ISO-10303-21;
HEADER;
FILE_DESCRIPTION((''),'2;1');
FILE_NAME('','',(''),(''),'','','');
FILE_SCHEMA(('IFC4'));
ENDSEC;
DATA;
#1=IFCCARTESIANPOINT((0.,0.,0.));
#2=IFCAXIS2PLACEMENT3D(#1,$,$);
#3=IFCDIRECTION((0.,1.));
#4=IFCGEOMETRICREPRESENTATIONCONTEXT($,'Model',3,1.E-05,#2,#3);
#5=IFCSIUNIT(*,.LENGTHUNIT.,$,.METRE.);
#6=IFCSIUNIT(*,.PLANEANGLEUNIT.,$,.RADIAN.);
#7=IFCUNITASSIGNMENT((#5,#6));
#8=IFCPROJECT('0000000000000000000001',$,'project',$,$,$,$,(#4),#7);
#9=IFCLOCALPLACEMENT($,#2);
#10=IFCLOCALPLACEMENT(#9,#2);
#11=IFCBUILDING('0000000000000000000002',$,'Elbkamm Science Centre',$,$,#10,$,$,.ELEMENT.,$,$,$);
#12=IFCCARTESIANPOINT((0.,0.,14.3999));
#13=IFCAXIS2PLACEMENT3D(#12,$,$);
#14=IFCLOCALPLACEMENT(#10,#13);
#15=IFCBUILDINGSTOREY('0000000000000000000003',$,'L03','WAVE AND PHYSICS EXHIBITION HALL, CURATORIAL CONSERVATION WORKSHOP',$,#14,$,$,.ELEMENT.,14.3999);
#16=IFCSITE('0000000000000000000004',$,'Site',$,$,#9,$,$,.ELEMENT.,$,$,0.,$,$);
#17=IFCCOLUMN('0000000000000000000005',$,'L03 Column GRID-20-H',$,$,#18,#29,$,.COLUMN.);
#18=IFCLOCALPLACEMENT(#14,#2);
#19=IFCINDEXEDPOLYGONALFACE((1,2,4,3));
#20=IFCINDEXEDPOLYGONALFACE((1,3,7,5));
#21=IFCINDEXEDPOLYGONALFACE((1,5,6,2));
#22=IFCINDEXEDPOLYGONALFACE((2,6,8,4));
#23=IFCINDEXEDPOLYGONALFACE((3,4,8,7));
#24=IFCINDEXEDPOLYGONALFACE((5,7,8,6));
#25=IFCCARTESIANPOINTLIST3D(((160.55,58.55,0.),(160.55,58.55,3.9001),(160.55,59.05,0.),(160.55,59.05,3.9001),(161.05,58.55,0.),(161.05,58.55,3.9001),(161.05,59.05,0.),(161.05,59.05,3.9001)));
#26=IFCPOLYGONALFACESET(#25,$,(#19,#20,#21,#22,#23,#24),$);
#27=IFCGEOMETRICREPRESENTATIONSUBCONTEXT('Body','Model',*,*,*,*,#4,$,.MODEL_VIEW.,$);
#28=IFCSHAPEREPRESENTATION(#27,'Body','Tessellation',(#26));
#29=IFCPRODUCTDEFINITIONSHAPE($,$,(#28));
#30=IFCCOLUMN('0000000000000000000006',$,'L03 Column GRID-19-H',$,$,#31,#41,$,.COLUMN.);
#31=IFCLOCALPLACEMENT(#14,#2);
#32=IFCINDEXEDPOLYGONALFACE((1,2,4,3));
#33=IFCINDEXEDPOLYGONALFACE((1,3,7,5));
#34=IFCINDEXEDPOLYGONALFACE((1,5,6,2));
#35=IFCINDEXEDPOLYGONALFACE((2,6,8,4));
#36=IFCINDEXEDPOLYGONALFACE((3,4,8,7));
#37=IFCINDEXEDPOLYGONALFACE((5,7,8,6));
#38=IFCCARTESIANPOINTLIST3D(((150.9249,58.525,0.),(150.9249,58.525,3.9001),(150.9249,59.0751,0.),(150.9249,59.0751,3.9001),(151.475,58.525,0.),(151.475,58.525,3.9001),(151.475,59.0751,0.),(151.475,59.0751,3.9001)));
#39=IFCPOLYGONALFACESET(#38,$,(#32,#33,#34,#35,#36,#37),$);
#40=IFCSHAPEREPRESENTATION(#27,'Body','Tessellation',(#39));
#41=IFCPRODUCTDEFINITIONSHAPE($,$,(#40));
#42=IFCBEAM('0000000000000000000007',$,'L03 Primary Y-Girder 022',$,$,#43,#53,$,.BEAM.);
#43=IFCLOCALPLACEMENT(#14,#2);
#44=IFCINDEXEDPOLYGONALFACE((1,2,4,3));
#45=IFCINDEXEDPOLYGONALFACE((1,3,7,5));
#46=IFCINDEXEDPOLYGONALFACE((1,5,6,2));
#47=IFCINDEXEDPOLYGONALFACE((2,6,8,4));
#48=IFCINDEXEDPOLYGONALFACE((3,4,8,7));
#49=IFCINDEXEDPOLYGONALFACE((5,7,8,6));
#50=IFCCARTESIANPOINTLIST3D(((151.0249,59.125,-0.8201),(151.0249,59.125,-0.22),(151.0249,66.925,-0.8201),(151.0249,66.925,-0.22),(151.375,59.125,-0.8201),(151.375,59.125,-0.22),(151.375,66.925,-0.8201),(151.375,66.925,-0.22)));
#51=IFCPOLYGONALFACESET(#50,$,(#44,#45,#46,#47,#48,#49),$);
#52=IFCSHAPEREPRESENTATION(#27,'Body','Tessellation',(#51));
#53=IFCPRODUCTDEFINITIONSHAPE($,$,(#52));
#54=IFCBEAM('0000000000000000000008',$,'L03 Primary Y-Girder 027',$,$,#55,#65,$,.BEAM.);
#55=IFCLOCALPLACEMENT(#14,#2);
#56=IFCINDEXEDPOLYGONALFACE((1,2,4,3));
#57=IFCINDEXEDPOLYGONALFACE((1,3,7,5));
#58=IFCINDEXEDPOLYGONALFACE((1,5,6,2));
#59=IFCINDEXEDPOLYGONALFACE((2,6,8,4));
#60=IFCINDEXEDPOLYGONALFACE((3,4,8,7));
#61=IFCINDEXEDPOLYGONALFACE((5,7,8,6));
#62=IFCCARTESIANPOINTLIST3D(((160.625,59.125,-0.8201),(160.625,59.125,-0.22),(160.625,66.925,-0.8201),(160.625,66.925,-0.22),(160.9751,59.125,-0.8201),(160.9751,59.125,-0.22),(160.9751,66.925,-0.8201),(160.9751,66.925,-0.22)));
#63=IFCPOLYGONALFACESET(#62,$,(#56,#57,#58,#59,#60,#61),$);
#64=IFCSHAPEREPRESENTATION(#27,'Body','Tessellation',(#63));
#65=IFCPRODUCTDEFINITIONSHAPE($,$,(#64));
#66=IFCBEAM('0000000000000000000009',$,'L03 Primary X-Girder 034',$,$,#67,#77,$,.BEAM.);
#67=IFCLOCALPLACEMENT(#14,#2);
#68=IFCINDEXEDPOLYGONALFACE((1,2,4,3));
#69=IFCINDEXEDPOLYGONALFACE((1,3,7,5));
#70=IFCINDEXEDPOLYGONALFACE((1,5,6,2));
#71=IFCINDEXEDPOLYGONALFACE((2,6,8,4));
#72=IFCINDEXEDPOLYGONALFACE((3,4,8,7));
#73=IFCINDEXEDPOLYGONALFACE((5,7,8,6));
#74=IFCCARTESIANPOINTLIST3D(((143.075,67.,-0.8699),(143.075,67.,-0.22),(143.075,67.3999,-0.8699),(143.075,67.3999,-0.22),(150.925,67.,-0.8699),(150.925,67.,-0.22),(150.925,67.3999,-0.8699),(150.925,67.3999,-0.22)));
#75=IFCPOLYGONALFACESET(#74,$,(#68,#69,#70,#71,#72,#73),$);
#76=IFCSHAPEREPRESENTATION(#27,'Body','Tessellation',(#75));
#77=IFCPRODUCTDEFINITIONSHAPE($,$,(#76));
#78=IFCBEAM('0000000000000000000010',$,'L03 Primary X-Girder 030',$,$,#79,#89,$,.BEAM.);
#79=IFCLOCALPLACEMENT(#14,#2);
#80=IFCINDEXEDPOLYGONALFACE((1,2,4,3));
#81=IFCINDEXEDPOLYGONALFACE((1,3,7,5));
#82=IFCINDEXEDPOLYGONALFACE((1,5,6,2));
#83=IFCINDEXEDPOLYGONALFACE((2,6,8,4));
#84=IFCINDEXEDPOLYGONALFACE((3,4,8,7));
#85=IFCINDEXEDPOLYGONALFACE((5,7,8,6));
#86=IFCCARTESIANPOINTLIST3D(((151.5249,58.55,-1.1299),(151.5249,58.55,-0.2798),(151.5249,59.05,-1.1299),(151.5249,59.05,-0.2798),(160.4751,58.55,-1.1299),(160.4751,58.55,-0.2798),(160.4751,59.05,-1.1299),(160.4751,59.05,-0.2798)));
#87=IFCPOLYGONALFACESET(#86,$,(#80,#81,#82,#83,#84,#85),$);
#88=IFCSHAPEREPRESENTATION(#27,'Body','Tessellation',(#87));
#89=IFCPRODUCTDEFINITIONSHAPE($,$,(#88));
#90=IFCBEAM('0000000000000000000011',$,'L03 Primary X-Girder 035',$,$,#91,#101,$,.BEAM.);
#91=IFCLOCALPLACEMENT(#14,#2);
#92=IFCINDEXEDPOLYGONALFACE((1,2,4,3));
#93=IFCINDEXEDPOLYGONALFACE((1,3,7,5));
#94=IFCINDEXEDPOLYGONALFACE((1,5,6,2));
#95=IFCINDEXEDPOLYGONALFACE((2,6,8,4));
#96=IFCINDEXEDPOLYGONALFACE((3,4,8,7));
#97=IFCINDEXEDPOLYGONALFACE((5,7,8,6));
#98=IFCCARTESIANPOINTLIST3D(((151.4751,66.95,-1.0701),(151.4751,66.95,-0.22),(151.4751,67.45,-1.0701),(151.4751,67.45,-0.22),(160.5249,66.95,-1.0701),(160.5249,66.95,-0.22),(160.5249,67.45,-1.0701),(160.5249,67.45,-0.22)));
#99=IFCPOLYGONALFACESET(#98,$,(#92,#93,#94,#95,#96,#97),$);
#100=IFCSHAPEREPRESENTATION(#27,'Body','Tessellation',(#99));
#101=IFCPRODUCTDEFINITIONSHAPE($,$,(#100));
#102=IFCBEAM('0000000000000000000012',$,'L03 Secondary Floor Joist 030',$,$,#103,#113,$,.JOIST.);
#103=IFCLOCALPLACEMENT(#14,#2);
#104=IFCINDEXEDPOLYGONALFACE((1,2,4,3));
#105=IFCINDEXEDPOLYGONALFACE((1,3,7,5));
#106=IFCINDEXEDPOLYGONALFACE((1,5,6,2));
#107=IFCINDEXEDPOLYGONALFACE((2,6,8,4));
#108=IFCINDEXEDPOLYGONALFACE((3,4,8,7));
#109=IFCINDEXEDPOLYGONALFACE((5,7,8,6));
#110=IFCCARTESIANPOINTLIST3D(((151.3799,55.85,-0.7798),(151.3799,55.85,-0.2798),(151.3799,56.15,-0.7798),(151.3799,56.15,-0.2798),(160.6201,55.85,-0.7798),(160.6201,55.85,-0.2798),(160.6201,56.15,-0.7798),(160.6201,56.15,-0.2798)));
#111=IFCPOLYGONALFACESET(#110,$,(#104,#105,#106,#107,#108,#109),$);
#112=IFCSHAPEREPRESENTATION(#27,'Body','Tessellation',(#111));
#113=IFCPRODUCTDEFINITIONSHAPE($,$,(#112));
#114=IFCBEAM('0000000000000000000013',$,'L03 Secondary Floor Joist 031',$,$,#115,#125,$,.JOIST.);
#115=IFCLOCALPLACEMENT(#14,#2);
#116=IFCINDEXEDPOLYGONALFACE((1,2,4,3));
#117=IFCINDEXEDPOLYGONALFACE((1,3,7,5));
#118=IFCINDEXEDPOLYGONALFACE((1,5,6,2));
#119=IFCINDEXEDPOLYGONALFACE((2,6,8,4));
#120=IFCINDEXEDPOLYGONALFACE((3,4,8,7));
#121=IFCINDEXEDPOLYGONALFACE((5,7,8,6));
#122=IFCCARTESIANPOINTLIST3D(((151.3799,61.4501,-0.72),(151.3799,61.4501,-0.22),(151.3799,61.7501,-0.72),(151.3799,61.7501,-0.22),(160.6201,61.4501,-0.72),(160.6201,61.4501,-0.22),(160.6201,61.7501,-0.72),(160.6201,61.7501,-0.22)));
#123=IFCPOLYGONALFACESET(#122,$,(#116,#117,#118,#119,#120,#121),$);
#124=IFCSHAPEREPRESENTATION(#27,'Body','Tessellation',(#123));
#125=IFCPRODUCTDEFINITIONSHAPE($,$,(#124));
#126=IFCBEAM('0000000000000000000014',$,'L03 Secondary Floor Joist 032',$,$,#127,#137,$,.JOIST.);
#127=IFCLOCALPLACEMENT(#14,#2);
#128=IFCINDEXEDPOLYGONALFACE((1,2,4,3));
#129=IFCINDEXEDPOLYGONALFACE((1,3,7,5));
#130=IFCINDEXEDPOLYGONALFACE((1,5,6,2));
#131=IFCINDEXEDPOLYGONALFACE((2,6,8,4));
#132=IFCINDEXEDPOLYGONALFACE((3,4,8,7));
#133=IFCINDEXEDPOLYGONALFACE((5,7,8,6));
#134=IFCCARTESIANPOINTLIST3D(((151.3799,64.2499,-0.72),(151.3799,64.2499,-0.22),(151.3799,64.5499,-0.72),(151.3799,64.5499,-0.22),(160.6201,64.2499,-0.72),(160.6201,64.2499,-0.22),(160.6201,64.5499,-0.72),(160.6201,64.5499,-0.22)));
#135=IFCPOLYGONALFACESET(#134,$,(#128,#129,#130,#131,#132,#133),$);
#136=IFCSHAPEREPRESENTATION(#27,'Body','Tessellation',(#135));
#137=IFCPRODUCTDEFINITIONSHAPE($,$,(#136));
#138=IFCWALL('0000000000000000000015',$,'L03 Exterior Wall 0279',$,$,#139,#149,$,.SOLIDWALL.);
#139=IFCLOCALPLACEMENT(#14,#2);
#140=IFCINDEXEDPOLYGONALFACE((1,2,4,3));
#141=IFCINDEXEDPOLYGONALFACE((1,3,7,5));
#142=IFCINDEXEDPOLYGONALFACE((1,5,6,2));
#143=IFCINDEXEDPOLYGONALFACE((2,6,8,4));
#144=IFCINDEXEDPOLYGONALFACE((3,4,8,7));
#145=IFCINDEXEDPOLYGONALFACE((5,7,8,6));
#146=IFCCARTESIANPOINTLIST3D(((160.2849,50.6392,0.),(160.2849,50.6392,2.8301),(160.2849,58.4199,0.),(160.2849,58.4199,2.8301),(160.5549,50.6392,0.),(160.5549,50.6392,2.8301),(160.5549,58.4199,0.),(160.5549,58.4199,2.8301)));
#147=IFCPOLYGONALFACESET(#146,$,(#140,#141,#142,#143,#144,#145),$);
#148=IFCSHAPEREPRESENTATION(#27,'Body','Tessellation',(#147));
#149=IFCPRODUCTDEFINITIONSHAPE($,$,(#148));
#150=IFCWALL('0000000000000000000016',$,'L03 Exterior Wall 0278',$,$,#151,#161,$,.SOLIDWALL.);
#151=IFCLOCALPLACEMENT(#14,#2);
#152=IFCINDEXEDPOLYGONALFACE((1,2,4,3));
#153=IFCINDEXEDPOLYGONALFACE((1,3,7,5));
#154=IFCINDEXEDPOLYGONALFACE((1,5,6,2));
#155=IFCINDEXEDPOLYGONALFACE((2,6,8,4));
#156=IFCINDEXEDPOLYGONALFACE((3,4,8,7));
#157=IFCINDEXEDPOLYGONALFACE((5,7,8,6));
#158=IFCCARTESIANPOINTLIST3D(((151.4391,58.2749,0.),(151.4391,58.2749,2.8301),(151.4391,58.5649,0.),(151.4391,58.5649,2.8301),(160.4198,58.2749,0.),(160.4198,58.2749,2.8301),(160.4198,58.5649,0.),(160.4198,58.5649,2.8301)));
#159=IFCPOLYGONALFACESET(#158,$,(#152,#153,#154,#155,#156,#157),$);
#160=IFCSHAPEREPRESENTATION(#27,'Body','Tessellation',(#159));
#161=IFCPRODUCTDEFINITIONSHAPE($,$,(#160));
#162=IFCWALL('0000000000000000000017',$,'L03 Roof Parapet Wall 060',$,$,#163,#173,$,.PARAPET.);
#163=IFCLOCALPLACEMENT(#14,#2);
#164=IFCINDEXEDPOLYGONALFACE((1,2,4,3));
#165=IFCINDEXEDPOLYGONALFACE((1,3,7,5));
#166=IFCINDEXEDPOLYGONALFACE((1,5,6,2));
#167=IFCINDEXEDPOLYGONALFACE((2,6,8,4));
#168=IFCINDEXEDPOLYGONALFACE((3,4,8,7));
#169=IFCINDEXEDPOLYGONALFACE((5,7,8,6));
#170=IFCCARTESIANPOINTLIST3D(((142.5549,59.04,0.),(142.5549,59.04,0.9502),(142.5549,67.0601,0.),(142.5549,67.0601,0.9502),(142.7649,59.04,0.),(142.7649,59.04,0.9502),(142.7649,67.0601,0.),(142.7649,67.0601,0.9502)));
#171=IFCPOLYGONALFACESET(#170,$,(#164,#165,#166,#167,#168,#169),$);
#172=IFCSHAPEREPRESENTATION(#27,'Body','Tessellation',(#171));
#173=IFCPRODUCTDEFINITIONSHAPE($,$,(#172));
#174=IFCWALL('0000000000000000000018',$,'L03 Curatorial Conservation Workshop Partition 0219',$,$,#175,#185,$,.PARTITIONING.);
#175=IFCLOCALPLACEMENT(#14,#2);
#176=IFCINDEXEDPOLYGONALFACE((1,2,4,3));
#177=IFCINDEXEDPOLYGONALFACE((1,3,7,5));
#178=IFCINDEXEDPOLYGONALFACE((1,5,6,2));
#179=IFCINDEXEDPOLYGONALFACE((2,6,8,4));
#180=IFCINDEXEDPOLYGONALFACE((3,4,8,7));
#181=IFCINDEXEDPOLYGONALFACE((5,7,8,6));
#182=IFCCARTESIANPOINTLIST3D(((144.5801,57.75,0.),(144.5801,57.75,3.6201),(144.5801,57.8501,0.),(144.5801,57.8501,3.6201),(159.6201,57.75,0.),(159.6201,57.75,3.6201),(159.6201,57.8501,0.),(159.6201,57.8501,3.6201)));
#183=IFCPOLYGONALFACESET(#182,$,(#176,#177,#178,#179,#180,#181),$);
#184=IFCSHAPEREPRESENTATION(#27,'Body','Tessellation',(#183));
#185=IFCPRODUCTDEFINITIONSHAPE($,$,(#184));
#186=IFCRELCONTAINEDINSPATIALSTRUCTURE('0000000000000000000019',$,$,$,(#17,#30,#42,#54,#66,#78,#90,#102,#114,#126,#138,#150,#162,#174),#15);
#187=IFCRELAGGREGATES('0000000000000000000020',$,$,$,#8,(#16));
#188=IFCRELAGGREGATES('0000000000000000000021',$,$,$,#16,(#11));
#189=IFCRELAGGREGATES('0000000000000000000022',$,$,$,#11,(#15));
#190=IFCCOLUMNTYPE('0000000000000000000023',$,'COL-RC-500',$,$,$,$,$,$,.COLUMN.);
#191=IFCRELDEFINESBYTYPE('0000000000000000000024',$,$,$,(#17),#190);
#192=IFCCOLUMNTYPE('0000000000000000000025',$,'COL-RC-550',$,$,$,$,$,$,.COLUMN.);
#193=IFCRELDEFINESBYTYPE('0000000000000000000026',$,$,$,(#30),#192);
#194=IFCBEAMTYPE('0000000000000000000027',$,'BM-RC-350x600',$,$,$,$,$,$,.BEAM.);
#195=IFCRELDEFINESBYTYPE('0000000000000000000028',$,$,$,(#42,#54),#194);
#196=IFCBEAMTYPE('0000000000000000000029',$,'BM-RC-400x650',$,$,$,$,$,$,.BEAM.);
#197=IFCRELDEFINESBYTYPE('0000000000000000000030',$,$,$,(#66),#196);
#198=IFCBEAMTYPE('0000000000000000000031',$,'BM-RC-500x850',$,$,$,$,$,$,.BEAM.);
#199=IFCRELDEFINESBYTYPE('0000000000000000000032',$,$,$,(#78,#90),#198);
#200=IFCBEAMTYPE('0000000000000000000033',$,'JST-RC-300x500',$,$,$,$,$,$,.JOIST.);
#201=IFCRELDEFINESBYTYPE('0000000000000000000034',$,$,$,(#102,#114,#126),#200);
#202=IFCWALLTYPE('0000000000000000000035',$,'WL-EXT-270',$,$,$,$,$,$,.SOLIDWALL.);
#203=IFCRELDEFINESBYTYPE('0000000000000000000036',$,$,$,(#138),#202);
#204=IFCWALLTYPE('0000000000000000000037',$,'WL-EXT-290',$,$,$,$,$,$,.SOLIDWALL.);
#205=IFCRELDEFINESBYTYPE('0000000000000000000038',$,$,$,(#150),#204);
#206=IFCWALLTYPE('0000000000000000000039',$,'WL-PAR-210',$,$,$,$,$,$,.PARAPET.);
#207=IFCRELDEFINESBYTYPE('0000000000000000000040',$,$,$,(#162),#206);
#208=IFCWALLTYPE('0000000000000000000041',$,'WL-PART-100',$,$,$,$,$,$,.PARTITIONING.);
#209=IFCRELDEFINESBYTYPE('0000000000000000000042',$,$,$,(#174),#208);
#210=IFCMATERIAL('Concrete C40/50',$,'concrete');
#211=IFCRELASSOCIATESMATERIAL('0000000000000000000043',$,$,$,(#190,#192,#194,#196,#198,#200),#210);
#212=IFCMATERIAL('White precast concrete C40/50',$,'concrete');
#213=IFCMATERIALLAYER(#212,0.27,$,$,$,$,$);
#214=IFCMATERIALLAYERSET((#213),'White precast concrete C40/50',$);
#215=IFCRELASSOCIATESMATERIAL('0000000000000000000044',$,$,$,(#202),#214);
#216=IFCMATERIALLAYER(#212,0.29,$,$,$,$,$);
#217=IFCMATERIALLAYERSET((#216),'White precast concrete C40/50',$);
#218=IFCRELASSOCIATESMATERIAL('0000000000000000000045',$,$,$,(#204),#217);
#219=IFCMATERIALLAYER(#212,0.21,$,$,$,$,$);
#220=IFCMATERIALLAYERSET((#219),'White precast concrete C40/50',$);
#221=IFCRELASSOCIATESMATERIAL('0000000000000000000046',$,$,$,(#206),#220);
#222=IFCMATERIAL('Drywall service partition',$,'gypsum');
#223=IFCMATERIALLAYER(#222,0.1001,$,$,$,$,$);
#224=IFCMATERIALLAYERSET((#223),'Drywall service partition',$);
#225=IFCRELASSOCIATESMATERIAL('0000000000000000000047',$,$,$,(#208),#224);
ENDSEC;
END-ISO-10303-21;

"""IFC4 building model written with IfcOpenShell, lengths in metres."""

from ifc_helpers import new_model, si_unit, direction, frame, frame_2d, origin, origin_2d, place, context, subcontext, project, spatial, rectangle, extrude, material, layer, layer_set, material_profile, profile_set, type_object, element, save


model = new_model("IFC4")

# Units and contexts
model_context = context("Model", 3, precision=1e-05, world=origin(), true_north=direction((0.0, 1.0)))
body_context = subcontext(model_context, "Body", "Model", "MODEL_VIEW")
ifc_project = project(units=[si_unit("LENGTHUNIT", "METRE"), si_unit("PLANEANGLEUNIT", "RADIAN")], contexts=[model_context])

# Site, building, storey
site_placement = place(None, origin())
site = spatial("IfcSite", under=ifc_project, at=site_placement, Name="Site", CompositionType="ELEMENT", RefElevation=0.0)
building_placement = place(site_placement, origin())
building = spatial("IfcBuilding", under=site, at=building_placement, Name="Elbkamm Science Centre", CompositionType="ELEMENT")
storey_placement = place(building_placement, frame((0.0, 0.0, 14.3999)))
storey = spatial("IfcBuildingStorey", under=building, at=storey_placement, Name="L03", Description="WAVE AND PHYSICS EXHIBITION HALL, CURATORIAL CONSERVATION WORKSHOP", CompositionType="ELEMENT", Elevation=14.3999)

# Columns
ifc_material_1 = material(Name="Concrete C40/50", Category="concrete")
ifc_material_profile_1 = material_profile(ifc_material_1, rectangle(XDim=0.5, YDim=0.5, at=origin_2d()), Name="RC 500x500")
ifc_profile_set_1 = profile_set([ifc_material_profile_1], Name="Concrete C40/50")
column_type_1 = type_object("IfcColumnType", Name="COL-RC-500", PredefinedType="COLUMN", material=ifc_profile_set_1)
column_1_placement = place(storey_placement, frame((160.8, 58.8, 0.0), z_axis=(0.0, 0.0, 1.0), x_axis=(1.0, 0.0, 0.0)))
element("IfcColumn", 1, at=column_1_placement, inside=storey, type_object=column_type_1, Name="L03 Column GRID-20-H", PredefinedType="COLUMN", context=body_context, shape_type="SweptSolid", body=[
    extrude(rectangle(XDim=0.5, YDim=0.5, at=origin_2d()), origin(), (0.0, 0.0, 1.0), 3.9001),
])
ifc_material_profile_2 = material_profile(ifc_material_1, rectangle(XDim=0.55, YDim=0.55, at=origin_2d()), Name="RC 550x550")
ifc_profile_set_2 = profile_set([ifc_material_profile_2], Name="Concrete C40/50")
column_type_2 = type_object("IfcColumnType", Name="COL-RC-550", PredefinedType="COLUMN", material=ifc_profile_set_2)
column_2_placement = place(storey_placement, frame((151.2, 58.8, 0.0), z_axis=(0.0, 0.0, 1.0), x_axis=(1.0, 0.0, 0.0)))
element("IfcColumn", 2, at=column_2_placement, inside=storey, type_object=column_type_2, Name="L03 Column GRID-19-H", PredefinedType="COLUMN", context=body_context, shape_type="SweptSolid", body=[
    extrude(rectangle(XDim=0.55, YDim=0.55, at=origin_2d()), origin(), (0.0, 0.0, 1.0), 3.9001),
])

# Beams
ifc_material_profile_3 = material_profile(ifc_material_1, rectangle(XDim=0.3501, YDim=0.6001, at=origin_2d()), Name="RC 350x600")
ifc_profile_set_3 = profile_set([ifc_material_profile_3], Name="Concrete C40/50")
beam_type_1 = type_object("IfcBeamType", Name="BM-RC-350x600", PredefinedType="BEAM", material=ifc_profile_set_3)
for number, where, z_axis, x_axis, name in (
    (3, (151.2, 59.125, -0.52), (0.0, 1.0, 0.0), (-1.0, 0.0, 0.0), "L03 Primary Y-Girder 022"),
    (4, (160.8, 59.125, -0.52), (0.0, 1.0, 0.0), (-1.0, 0.0, 0.0), "L03 Primary Y-Girder 027"),
):
    element("IfcBeam", number, at=place(storey_placement, frame(where, z_axis=z_axis, x_axis=x_axis)), inside=storey, type_object=beam_type_1, Name=name, PredefinedType="BEAM", context=body_context, shape_type="SweptSolid", body=[
        extrude(rectangle(XDim=0.3501, YDim=0.6001, at=origin_2d()), origin(), (0.0, 0.0, 1.0), 7.8),
    ])
ifc_material_profile_4 = material_profile(ifc_material_1, rectangle(XDim=0.3999, YDim=0.6499, at=origin_2d()), Name="RC 400x650")
ifc_profile_set_4 = profile_set([ifc_material_profile_4], Name="Concrete C40/50")
beam_type_2 = type_object("IfcBeamType", Name="BM-RC-400x650", PredefinedType="BEAM", material=ifc_profile_set_4)
beam_1_placement = place(storey_placement, frame((143.075, 67.2, -0.5449), z_axis=(1.0, 0.0, 0.0), x_axis=(0.0, 1.0, 0.0)))
element("IfcBeam", 5, at=beam_1_placement, inside=storey, type_object=beam_type_2, Name="L03 Primary X-Girder 034", PredefinedType="BEAM", context=body_context, shape_type="SweptSolid", body=[
    extrude(rectangle(XDim=0.3999, YDim=0.6499, at=origin_2d()), origin(), (0.0, 0.0, 1.0), 7.8501),
])
ifc_material_profile_5 = material_profile(ifc_material_1, rectangle(XDim=0.5, YDim=0.8501, at=origin_2d()), Name="RC 500x850")
ifc_profile_set_5 = profile_set([ifc_material_profile_5], Name="Concrete C40/50")
beam_type_3 = type_object("IfcBeamType", Name="BM-RC-500x850", PredefinedType="BEAM", material=ifc_profile_set_5)
beam_2_placement = place(storey_placement, frame((151.5249, 58.8, -0.7048), z_axis=(1.0, 0.0, 0.0), x_axis=(0.0, 1.0, 0.0)))
element("IfcBeam", 6, at=beam_2_placement, inside=storey, type_object=beam_type_3, Name="L03 Primary X-Girder 030", PredefinedType="BEAM", context=body_context, shape_type="SweptSolid", body=[
    extrude(rectangle(XDim=0.5, YDim=0.8501, at=origin_2d()), origin(), (0.0, 0.0, 1.0), 8.9502),
])
beam_3_placement = place(storey_placement, frame((151.4751, 67.2, -0.645), z_axis=(1.0, 0.0, 0.0), x_axis=(0.0, 1.0, 0.0)))
element("IfcBeam", 7, at=beam_3_placement, inside=storey, type_object=beam_type_3, Name="L03 Primary X-Girder 035", PredefinedType="BEAM", context=body_context, shape_type="SweptSolid", body=[
    extrude(rectangle(XDim=0.5, YDim=0.8501, at=origin_2d()), origin(), (0.0, 0.0, 1.0), 9.0498),
])
ifc_material_profile_6 = material_profile(ifc_material_1, rectangle(XDim=0.3, YDim=0.5, at=origin_2d()), Name="RC 300x500")
ifc_profile_set_6 = profile_set([ifc_material_profile_6], Name="Concrete C40/50")
beam_type_4 = type_object("IfcBeamType", Name="JST-RC-300x500", PredefinedType="JOIST", material=ifc_profile_set_6)
for number, where, z_axis, x_axis, name in (
    (8, (151.3799, 56.0, -0.5298), (1.0, 0.0, 0.0), (0.0, 1.0, 0.0), "L03 Secondary Floor Joist 030"),
    (9, (151.3799, 61.6001, -0.47), (1.0, 0.0, 0.0), (0.0, 1.0, 0.0), "L03 Secondary Floor Joist 031"),
    (10, (151.3799, 64.3999, -0.47), (1.0, 0.0, 0.0), (0.0, 1.0, 0.0), "L03 Secondary Floor Joist 032"),
):
    element("IfcBeam", number, at=place(storey_placement, frame(where, z_axis=z_axis, x_axis=x_axis)), inside=storey, type_object=beam_type_4, Name=name, PredefinedType="JOIST", context=body_context, shape_type="SweptSolid", body=[
        extrude(rectangle(XDim=0.3, YDim=0.5, at=origin_2d()), origin(), (0.0, 0.0, 1.0), 9.2402),
    ])

# Shared definitions
ifc_material_2 = material(Name="White precast concrete C40/50", Category="concrete")
ifc_layer_1 = layer(ifc_material_2, 0.27)
ifc_layer_set_1 = layer_set([ifc_layer_1], Name="White precast concrete C40/50")
wall_type_1 = type_object("IfcWallType", Name="WL-EXT-270", PredefinedType="SOLIDWALL", material=ifc_layer_set_1)

# Walls
wall_1_placement = place(storey_placement, frame((160.4199, 58.4199, 0.0), z_axis=(0.0, 0.0, 1.0), x_axis=(0.0, -1.0, 0.0)))
element("IfcWall", 11, at=wall_1_placement, inside=storey, type_object=wall_type_1, Name="L03 Exterior Wall 0279", PredefinedType="SOLIDWALL", context=body_context, shape_type="SweptSolid", body=[
    extrude(rectangle(XDim=7.7808, YDim=0.27, at=frame_2d((3.8904, 0.0))), origin(), (0.0, 0.0, 1.0), 2.8301),
])
ifc_layer_2 = layer(ifc_material_2, 0.29)
ifc_layer_set_2 = layer_set([ifc_layer_2], Name="White precast concrete C40/50")
wall_type_2 = type_object("IfcWallType", Name="WL-EXT-290", PredefinedType="SOLIDWALL", material=ifc_layer_set_2)
wall_2_placement = place(storey_placement, frame((151.4392, 58.4199, 0.0), z_axis=(0.0, 0.0, 1.0), x_axis=(1.0, 0.0, 0.0)))
element("IfcWall", 12, at=wall_2_placement, inside=storey, type_object=wall_type_2, Name="L03 Exterior Wall 0278", PredefinedType="SOLIDWALL", context=body_context, shape_type="SweptSolid", body=[
    extrude(rectangle(XDim=8.9807, YDim=0.29, at=frame_2d((4.4902, 0.0))), origin(), (0.0, 0.0, 1.0), 2.8301),
])
ifc_layer_3 = layer(ifc_material_2, 0.21)
ifc_layer_set_3 = layer_set([ifc_layer_3], Name="White precast concrete C40/50")
wall_type_3 = type_object("IfcWallType", Name="WL-PAR-210", PredefinedType="PARAPET", material=ifc_layer_set_3)
wall_3_placement = place(storey_placement, frame((142.6599, 67.0601, 0.0), z_axis=(0.0, 0.0, 1.0), x_axis=(0.0, -1.0, 0.0)))
element("IfcWall", 13, at=wall_3_placement, inside=storey, type_object=wall_type_3, Name="L03 Roof Parapet Wall 060", PredefinedType="PARAPET", context=body_context, shape_type="SweptSolid", body=[
    extrude(rectangle(XDim=8.02, YDim=0.21, at=frame_2d((4.01, 0.0))), origin(), (0.0, 0.0, 1.0), 0.9502),
])
ifc_material_3 = material(Name="Drywall service partition", Category="gypsum")
ifc_layer_4 = layer(ifc_material_3, 0.1001)
ifc_layer_set_4 = layer_set([ifc_layer_4], Name="Drywall service partition")
wall_type_4 = type_object("IfcWallType", Name="WL-PART-100", PredefinedType="PARTITIONING", material=ifc_layer_set_4)
wall_4_placement = place(storey_placement, frame((144.5801, 57.8, 0.0), z_axis=(0.0, 0.0, 1.0), x_axis=(1.0, 0.0, 0.0)))
element("IfcWall", 14, at=wall_4_placement, inside=storey, type_object=wall_type_4, Name="L03 Curatorial Conservation Workshop Partition 0219", PredefinedType="PARTITIONING", context=body_context, shape_type="SweptSolid", body=[
    extrude(rectangle(XDim=15.04, YDim=0.1001, at=frame_2d((7.52, 0.0))), origin(), (0.0, 0.0, 1.0), 3.6201),
])

save(model, "model.ifc")
